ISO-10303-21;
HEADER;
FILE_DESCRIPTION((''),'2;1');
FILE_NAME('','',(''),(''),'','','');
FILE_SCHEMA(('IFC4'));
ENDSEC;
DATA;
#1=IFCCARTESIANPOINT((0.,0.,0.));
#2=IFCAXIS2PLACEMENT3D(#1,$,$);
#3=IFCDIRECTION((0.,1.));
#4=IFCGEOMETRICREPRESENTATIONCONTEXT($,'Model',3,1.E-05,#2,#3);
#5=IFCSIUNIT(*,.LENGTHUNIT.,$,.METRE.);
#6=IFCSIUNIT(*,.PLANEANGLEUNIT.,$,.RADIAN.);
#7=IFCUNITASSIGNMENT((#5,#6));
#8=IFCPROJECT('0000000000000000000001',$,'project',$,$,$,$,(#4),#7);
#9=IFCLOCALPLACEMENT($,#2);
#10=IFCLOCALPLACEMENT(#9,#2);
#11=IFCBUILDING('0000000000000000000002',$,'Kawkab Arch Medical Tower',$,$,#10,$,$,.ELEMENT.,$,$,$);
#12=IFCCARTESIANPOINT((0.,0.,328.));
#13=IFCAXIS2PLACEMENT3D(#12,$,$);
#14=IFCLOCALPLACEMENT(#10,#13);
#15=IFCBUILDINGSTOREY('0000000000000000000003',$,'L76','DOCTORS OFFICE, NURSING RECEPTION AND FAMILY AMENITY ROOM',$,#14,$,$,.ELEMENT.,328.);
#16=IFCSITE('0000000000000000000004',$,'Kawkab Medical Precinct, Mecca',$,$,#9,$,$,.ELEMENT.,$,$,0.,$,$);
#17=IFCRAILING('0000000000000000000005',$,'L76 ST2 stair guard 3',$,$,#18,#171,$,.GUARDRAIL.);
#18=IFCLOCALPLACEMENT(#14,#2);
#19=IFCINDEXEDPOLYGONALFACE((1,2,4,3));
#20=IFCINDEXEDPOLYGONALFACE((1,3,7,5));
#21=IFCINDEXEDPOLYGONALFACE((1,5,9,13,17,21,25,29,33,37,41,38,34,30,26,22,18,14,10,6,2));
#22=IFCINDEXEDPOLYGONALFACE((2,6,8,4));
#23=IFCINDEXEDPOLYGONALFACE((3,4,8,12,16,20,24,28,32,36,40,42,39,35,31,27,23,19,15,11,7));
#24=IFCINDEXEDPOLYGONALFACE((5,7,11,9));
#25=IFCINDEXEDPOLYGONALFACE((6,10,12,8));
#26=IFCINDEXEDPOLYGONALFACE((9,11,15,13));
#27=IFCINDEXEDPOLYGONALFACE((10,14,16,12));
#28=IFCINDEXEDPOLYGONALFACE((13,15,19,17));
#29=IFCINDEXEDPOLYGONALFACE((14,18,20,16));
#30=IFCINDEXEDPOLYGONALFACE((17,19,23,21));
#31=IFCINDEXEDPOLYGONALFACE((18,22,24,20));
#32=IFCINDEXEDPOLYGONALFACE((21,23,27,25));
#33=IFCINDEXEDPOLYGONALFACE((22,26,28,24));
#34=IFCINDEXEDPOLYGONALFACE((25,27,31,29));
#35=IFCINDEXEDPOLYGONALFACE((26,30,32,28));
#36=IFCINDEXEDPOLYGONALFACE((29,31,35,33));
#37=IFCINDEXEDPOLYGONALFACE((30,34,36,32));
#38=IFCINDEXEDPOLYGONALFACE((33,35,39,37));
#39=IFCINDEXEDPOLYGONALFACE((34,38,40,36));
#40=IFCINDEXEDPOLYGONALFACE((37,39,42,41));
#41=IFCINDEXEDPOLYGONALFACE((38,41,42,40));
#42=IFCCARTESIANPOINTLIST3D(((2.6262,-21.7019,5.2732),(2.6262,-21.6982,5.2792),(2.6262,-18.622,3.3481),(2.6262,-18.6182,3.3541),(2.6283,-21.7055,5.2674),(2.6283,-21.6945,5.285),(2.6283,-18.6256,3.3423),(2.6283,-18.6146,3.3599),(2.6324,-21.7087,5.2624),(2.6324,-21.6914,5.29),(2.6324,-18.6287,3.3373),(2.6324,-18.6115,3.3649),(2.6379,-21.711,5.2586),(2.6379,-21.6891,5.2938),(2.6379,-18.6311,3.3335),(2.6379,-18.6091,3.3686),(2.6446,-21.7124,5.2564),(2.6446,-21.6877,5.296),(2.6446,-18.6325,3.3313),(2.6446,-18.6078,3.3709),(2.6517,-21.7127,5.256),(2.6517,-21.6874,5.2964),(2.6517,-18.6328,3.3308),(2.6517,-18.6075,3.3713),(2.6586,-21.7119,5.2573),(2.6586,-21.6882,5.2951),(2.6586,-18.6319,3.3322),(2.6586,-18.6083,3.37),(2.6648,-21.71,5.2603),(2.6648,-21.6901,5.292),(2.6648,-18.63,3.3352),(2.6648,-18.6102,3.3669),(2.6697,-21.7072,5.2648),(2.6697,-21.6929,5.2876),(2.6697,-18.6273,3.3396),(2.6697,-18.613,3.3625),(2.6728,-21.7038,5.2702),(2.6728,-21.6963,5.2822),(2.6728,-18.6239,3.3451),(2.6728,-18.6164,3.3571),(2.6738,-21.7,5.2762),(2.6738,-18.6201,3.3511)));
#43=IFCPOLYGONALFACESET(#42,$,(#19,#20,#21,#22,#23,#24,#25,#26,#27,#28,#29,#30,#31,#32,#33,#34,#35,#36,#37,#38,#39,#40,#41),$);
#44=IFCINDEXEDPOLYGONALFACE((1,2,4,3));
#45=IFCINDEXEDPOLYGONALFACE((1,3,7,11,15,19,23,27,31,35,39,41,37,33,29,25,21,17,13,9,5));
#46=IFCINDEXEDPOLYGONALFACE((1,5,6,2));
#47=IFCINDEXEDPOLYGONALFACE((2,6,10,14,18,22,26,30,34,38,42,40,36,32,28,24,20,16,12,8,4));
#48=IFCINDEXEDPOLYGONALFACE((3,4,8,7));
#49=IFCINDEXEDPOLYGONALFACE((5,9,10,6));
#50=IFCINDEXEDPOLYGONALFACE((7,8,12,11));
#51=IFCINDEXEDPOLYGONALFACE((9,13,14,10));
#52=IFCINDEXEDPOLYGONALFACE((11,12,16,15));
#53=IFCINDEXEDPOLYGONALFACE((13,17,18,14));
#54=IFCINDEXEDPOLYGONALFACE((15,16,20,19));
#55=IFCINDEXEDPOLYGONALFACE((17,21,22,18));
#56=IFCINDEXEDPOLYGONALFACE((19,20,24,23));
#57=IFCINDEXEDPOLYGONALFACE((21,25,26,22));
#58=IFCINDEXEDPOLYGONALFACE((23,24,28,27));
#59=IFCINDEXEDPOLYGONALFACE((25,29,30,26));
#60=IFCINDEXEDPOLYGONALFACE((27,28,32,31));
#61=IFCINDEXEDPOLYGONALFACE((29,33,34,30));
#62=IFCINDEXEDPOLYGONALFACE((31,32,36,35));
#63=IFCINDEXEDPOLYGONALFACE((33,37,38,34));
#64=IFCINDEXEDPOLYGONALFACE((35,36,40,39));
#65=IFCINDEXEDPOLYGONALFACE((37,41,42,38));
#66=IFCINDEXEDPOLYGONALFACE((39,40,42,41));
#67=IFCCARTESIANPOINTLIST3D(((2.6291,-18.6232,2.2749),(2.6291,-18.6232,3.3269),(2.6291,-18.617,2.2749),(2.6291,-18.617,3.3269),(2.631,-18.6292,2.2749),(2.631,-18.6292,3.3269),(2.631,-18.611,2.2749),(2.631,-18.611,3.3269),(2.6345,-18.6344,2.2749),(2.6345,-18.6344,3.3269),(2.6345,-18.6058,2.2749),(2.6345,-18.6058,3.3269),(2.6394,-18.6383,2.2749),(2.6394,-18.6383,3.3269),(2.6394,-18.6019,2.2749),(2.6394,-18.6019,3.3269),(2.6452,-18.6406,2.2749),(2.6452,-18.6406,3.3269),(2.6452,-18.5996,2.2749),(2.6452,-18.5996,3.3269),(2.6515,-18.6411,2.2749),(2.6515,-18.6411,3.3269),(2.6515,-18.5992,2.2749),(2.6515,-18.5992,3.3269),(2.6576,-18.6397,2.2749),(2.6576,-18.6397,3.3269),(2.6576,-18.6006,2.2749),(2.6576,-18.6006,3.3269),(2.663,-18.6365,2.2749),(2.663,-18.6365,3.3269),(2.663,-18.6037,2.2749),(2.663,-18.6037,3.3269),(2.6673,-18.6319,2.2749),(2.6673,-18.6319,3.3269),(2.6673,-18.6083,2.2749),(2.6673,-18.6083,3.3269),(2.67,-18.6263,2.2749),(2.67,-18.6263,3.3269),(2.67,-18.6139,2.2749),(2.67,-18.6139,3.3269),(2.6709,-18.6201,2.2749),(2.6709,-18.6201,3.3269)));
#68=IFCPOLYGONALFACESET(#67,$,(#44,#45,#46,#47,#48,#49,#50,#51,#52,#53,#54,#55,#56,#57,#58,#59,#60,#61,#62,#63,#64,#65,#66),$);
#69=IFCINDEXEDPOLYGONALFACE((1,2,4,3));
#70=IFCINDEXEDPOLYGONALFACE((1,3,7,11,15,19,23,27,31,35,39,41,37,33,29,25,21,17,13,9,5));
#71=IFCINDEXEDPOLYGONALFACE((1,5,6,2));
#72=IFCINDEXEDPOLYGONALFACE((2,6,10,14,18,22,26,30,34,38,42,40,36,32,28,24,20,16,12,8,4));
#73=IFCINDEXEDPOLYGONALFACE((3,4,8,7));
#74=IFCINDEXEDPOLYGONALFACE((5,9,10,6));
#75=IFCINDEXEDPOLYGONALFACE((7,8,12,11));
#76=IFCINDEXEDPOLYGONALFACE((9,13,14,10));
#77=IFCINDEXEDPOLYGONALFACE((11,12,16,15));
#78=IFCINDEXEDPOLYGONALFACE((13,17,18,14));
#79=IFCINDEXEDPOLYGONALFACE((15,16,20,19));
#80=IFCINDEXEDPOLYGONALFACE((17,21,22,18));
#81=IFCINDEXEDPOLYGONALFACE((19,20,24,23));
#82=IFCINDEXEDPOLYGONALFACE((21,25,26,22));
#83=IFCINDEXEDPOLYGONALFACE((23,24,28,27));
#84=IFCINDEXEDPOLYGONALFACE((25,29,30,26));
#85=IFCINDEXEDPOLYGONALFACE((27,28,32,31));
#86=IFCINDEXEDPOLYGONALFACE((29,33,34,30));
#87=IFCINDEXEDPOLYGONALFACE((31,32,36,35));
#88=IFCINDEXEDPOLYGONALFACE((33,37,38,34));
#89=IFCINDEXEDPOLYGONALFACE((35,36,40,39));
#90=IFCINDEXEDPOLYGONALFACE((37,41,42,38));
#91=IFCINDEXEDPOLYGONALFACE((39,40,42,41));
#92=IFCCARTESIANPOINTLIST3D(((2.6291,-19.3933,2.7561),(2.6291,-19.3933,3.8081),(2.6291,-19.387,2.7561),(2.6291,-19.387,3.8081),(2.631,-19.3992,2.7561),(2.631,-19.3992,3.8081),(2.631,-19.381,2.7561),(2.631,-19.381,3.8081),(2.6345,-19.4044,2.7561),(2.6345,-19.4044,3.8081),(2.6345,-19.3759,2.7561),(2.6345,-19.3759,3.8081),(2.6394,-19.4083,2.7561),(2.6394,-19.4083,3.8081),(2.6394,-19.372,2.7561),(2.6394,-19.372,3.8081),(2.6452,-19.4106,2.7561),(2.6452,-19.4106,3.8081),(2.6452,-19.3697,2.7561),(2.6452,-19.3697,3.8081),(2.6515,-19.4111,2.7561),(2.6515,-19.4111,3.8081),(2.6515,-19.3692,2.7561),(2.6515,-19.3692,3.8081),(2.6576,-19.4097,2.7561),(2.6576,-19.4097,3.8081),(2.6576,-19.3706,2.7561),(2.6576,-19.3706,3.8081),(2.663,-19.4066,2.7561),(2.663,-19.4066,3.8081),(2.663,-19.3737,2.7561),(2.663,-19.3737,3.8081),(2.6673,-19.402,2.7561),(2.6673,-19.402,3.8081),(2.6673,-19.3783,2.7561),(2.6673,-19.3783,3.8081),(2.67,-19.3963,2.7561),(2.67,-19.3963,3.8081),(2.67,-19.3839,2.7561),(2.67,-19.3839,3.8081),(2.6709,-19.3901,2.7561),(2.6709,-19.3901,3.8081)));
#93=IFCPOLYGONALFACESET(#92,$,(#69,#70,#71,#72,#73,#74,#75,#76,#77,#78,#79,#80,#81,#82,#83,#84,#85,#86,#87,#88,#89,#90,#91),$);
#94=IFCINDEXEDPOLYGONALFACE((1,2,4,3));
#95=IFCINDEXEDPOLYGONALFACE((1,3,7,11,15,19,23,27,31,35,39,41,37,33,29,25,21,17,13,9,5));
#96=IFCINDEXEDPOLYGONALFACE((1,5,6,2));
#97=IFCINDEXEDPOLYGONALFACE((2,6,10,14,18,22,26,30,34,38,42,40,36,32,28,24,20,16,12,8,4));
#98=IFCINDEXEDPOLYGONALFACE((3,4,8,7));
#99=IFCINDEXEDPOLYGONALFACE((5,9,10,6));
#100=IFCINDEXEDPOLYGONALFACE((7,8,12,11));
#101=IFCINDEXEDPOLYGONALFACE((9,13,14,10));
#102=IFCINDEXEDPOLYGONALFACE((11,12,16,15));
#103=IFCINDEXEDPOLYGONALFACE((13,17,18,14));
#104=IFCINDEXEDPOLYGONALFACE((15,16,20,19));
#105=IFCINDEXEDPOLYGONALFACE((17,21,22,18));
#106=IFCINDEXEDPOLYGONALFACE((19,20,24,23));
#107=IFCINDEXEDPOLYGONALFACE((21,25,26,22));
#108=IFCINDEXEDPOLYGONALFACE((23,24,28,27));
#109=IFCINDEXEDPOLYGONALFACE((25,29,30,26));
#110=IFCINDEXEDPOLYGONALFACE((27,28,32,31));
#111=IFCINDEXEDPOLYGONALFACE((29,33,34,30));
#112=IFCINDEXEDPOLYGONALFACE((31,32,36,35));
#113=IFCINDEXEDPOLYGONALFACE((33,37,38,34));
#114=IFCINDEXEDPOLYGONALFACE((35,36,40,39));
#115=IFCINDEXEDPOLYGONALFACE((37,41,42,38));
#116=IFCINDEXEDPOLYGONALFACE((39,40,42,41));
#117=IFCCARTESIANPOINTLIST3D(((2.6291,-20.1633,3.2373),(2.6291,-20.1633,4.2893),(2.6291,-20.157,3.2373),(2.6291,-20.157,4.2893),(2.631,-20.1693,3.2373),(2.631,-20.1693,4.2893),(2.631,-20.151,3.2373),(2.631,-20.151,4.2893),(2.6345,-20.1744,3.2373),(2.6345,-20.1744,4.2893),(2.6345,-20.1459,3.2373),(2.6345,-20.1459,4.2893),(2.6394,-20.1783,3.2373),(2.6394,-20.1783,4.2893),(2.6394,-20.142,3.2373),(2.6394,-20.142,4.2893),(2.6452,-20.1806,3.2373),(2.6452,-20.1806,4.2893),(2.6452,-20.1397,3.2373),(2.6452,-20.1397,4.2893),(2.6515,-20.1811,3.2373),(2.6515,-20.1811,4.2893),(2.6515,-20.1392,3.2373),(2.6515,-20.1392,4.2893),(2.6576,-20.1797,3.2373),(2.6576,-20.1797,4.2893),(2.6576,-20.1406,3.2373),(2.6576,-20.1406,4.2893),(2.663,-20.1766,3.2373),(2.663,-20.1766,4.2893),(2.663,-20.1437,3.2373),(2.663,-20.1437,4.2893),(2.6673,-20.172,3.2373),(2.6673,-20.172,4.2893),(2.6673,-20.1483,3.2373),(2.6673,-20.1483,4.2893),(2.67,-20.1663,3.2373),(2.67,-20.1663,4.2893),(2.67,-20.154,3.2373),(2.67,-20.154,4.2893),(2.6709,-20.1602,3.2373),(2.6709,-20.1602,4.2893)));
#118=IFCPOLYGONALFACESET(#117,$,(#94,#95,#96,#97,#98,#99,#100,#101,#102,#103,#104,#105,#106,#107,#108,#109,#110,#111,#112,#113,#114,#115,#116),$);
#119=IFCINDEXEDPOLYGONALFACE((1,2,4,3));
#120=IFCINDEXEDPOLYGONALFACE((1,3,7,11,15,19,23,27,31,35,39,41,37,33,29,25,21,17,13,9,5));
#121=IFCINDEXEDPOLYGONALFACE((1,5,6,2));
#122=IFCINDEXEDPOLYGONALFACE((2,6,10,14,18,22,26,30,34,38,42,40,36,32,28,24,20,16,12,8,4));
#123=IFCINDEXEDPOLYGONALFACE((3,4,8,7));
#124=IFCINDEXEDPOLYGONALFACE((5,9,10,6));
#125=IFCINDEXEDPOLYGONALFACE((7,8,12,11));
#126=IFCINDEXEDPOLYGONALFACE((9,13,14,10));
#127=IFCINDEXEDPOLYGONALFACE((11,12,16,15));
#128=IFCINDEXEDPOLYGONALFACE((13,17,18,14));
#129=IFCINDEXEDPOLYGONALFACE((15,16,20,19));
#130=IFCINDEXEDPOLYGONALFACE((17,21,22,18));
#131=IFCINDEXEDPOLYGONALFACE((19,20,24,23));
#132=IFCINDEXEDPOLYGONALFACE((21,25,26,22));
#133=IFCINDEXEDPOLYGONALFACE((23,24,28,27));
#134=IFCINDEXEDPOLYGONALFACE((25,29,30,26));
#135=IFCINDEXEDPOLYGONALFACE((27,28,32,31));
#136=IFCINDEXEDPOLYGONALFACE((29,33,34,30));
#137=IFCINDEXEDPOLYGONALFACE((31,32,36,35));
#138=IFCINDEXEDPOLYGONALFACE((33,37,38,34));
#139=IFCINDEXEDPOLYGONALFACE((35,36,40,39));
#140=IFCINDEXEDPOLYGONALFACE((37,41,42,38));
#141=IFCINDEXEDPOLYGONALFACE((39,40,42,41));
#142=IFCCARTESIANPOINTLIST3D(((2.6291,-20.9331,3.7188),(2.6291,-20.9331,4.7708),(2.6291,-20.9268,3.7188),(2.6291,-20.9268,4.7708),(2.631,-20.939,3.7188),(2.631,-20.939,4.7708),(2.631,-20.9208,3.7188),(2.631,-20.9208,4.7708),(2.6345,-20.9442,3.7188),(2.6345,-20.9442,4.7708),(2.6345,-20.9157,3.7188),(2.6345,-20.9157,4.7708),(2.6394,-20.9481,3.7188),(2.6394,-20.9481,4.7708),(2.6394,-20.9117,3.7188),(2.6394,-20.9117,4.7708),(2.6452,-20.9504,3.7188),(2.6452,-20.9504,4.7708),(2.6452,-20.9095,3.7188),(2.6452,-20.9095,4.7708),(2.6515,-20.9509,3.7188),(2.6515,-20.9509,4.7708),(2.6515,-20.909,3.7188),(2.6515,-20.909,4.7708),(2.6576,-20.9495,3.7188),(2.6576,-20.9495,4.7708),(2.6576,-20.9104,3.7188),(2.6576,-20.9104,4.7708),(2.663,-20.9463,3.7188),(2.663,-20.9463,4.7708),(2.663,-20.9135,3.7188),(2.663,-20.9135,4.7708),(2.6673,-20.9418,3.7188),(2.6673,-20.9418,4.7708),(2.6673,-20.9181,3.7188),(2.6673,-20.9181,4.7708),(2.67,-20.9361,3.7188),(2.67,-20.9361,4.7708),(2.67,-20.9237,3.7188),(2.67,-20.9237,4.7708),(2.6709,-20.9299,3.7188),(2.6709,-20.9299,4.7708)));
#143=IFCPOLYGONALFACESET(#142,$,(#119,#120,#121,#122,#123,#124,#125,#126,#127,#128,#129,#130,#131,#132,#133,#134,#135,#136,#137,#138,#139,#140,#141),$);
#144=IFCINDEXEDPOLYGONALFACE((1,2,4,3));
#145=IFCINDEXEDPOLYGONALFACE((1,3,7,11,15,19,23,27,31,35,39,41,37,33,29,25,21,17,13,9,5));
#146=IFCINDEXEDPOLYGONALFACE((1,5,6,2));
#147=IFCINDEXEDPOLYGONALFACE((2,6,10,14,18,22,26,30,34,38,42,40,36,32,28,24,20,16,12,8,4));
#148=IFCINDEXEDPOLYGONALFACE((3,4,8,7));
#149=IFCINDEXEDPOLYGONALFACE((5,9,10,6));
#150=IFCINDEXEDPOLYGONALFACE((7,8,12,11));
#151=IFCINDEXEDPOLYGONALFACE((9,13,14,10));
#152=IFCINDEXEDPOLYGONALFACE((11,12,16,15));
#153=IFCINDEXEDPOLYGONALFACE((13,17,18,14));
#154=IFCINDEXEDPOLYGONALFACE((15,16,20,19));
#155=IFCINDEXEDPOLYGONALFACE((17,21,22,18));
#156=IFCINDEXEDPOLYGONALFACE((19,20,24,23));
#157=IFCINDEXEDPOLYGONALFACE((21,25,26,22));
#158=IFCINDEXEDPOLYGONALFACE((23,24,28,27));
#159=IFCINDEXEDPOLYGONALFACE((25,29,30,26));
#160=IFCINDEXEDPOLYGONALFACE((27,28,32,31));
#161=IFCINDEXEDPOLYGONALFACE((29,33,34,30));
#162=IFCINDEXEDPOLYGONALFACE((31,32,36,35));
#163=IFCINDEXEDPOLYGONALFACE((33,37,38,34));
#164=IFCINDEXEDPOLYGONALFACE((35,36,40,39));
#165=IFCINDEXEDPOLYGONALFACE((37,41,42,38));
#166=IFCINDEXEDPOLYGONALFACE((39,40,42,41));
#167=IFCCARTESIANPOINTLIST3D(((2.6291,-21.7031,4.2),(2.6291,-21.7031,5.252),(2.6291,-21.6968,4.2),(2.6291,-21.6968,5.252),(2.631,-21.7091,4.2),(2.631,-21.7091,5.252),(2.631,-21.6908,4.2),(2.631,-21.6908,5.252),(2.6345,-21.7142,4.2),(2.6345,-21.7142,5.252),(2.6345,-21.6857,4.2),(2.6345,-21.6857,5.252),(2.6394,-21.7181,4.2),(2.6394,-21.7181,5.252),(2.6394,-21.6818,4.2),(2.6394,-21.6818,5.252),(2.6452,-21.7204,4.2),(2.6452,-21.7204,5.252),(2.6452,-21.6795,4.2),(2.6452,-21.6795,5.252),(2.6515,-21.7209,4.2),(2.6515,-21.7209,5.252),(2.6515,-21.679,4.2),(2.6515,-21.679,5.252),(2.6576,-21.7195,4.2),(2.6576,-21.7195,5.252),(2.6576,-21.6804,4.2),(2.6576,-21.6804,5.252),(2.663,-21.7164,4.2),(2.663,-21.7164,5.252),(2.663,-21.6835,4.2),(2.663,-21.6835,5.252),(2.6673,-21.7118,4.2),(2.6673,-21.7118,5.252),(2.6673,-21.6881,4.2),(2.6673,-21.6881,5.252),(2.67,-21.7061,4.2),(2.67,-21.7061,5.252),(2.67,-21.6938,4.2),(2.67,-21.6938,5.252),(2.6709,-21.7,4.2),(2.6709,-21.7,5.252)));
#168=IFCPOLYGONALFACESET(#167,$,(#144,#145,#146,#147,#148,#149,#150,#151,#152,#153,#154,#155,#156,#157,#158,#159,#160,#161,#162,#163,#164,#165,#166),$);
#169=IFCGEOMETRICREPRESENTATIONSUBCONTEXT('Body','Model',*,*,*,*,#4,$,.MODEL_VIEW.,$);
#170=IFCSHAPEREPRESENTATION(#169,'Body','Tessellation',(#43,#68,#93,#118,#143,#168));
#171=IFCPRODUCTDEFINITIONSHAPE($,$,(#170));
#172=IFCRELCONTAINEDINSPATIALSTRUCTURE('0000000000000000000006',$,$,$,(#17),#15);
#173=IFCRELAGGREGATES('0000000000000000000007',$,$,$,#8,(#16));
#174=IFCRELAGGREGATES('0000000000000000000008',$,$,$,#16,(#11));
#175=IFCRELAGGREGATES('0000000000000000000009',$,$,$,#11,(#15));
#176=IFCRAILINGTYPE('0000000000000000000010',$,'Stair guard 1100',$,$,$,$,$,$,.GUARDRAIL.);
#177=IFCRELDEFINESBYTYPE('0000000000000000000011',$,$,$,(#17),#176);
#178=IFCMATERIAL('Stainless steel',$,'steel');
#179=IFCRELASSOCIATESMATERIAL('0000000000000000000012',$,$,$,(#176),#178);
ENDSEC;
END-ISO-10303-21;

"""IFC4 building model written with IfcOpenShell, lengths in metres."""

from ifc_helpers import new_model, si_unit, direction, frame, origin, origin_2d, place, context, subcontext, project, spatial, circle, extrude, material, type_object, element, save


model = new_model("IFC4")

# Units and contexts
model_context = context("Model", 3, precision=1e-05, world=origin(), true_north=direction((0.0, 1.0)))
body_context = subcontext(model_context, "Body", "Model", "MODEL_VIEW")
ifc_project = project(units=[si_unit("LENGTHUNIT", "METRE"), si_unit("PLANEANGLEUNIT", "RADIAN")], contexts=[model_context])

# Site, building, storey
site_placement = place(None, origin())
site = spatial("IfcSite", under=ifc_project, at=site_placement, Name="Kawkab Medical Precinct, Mecca", CompositionType="ELEMENT", RefElevation=0.0)
building_placement = place(site_placement, origin())
building = spatial("IfcBuilding", under=site, at=building_placement, Name="Kawkab Arch Medical Tower", CompositionType="ELEMENT")
storey_placement = place(building_placement, frame((0.0, 0.0, 328.0)))
storey = spatial("IfcBuildingStorey", under=building, at=storey_placement, Name="L76", Description="DOCTORS OFFICE, NURSING RECEPTION AND FAMILY AMENITY ROOM", CompositionType="ELEMENT", Elevation=328.0)

# Railing
ifc_material_1 = material(Name="Stainless steel", Category="steel")
railing_type = type_object("IfcRailingType", Name="Stair guard 1100", PredefinedType="GUARDRAIL", material=ifc_material_1)
railing_1_placement = place(storey_placement, frame((2.6499, -18.6201, 2.2749)))
element("IfcRailing", 1, at=railing_1_placement, inside=storey, type_object=railing_type, Name="L76 ST2 stair guard 3", PredefinedType="GUARDRAIL", context=body_context, shape_type="SweptSolid", body=[
    extrude(circle(Radius=0.0239, at=origin_2d()), frame((0.0, 0.0, 1.0762), z_axis=(0.0, -0.847979, 0.530029), x_axis=(1.0, 0.0, 0.0)), (0.0, 0.0, 1.0), 3.6321),
    extrude(circle(Radius=0.021, at=origin_2d()), origin(), (0.0, 0.0, 1.0), 1.052),
    extrude(circle(Radius=0.021, at=origin_2d()), frame((0.0, -0.77, 0.4812)), (0.0, 0.0, 1.0), 1.052),
    extrude(circle(Radius=0.021, at=origin_2d()), frame((0.0, -1.54, 0.9624)), (0.0, 0.0, 1.0), 1.052),
    extrude(circle(Radius=0.021, at=origin_2d()), frame((0.0, -2.3098, 1.4438)), (0.0, 0.0, 1.0), 1.052),
    extrude(circle(Radius=0.021, at=origin_2d()), frame((0.0, -3.0798, 1.925)), (0.0, 0.0, 1.0), 1.052),
])

save(model, "model.ifc")
